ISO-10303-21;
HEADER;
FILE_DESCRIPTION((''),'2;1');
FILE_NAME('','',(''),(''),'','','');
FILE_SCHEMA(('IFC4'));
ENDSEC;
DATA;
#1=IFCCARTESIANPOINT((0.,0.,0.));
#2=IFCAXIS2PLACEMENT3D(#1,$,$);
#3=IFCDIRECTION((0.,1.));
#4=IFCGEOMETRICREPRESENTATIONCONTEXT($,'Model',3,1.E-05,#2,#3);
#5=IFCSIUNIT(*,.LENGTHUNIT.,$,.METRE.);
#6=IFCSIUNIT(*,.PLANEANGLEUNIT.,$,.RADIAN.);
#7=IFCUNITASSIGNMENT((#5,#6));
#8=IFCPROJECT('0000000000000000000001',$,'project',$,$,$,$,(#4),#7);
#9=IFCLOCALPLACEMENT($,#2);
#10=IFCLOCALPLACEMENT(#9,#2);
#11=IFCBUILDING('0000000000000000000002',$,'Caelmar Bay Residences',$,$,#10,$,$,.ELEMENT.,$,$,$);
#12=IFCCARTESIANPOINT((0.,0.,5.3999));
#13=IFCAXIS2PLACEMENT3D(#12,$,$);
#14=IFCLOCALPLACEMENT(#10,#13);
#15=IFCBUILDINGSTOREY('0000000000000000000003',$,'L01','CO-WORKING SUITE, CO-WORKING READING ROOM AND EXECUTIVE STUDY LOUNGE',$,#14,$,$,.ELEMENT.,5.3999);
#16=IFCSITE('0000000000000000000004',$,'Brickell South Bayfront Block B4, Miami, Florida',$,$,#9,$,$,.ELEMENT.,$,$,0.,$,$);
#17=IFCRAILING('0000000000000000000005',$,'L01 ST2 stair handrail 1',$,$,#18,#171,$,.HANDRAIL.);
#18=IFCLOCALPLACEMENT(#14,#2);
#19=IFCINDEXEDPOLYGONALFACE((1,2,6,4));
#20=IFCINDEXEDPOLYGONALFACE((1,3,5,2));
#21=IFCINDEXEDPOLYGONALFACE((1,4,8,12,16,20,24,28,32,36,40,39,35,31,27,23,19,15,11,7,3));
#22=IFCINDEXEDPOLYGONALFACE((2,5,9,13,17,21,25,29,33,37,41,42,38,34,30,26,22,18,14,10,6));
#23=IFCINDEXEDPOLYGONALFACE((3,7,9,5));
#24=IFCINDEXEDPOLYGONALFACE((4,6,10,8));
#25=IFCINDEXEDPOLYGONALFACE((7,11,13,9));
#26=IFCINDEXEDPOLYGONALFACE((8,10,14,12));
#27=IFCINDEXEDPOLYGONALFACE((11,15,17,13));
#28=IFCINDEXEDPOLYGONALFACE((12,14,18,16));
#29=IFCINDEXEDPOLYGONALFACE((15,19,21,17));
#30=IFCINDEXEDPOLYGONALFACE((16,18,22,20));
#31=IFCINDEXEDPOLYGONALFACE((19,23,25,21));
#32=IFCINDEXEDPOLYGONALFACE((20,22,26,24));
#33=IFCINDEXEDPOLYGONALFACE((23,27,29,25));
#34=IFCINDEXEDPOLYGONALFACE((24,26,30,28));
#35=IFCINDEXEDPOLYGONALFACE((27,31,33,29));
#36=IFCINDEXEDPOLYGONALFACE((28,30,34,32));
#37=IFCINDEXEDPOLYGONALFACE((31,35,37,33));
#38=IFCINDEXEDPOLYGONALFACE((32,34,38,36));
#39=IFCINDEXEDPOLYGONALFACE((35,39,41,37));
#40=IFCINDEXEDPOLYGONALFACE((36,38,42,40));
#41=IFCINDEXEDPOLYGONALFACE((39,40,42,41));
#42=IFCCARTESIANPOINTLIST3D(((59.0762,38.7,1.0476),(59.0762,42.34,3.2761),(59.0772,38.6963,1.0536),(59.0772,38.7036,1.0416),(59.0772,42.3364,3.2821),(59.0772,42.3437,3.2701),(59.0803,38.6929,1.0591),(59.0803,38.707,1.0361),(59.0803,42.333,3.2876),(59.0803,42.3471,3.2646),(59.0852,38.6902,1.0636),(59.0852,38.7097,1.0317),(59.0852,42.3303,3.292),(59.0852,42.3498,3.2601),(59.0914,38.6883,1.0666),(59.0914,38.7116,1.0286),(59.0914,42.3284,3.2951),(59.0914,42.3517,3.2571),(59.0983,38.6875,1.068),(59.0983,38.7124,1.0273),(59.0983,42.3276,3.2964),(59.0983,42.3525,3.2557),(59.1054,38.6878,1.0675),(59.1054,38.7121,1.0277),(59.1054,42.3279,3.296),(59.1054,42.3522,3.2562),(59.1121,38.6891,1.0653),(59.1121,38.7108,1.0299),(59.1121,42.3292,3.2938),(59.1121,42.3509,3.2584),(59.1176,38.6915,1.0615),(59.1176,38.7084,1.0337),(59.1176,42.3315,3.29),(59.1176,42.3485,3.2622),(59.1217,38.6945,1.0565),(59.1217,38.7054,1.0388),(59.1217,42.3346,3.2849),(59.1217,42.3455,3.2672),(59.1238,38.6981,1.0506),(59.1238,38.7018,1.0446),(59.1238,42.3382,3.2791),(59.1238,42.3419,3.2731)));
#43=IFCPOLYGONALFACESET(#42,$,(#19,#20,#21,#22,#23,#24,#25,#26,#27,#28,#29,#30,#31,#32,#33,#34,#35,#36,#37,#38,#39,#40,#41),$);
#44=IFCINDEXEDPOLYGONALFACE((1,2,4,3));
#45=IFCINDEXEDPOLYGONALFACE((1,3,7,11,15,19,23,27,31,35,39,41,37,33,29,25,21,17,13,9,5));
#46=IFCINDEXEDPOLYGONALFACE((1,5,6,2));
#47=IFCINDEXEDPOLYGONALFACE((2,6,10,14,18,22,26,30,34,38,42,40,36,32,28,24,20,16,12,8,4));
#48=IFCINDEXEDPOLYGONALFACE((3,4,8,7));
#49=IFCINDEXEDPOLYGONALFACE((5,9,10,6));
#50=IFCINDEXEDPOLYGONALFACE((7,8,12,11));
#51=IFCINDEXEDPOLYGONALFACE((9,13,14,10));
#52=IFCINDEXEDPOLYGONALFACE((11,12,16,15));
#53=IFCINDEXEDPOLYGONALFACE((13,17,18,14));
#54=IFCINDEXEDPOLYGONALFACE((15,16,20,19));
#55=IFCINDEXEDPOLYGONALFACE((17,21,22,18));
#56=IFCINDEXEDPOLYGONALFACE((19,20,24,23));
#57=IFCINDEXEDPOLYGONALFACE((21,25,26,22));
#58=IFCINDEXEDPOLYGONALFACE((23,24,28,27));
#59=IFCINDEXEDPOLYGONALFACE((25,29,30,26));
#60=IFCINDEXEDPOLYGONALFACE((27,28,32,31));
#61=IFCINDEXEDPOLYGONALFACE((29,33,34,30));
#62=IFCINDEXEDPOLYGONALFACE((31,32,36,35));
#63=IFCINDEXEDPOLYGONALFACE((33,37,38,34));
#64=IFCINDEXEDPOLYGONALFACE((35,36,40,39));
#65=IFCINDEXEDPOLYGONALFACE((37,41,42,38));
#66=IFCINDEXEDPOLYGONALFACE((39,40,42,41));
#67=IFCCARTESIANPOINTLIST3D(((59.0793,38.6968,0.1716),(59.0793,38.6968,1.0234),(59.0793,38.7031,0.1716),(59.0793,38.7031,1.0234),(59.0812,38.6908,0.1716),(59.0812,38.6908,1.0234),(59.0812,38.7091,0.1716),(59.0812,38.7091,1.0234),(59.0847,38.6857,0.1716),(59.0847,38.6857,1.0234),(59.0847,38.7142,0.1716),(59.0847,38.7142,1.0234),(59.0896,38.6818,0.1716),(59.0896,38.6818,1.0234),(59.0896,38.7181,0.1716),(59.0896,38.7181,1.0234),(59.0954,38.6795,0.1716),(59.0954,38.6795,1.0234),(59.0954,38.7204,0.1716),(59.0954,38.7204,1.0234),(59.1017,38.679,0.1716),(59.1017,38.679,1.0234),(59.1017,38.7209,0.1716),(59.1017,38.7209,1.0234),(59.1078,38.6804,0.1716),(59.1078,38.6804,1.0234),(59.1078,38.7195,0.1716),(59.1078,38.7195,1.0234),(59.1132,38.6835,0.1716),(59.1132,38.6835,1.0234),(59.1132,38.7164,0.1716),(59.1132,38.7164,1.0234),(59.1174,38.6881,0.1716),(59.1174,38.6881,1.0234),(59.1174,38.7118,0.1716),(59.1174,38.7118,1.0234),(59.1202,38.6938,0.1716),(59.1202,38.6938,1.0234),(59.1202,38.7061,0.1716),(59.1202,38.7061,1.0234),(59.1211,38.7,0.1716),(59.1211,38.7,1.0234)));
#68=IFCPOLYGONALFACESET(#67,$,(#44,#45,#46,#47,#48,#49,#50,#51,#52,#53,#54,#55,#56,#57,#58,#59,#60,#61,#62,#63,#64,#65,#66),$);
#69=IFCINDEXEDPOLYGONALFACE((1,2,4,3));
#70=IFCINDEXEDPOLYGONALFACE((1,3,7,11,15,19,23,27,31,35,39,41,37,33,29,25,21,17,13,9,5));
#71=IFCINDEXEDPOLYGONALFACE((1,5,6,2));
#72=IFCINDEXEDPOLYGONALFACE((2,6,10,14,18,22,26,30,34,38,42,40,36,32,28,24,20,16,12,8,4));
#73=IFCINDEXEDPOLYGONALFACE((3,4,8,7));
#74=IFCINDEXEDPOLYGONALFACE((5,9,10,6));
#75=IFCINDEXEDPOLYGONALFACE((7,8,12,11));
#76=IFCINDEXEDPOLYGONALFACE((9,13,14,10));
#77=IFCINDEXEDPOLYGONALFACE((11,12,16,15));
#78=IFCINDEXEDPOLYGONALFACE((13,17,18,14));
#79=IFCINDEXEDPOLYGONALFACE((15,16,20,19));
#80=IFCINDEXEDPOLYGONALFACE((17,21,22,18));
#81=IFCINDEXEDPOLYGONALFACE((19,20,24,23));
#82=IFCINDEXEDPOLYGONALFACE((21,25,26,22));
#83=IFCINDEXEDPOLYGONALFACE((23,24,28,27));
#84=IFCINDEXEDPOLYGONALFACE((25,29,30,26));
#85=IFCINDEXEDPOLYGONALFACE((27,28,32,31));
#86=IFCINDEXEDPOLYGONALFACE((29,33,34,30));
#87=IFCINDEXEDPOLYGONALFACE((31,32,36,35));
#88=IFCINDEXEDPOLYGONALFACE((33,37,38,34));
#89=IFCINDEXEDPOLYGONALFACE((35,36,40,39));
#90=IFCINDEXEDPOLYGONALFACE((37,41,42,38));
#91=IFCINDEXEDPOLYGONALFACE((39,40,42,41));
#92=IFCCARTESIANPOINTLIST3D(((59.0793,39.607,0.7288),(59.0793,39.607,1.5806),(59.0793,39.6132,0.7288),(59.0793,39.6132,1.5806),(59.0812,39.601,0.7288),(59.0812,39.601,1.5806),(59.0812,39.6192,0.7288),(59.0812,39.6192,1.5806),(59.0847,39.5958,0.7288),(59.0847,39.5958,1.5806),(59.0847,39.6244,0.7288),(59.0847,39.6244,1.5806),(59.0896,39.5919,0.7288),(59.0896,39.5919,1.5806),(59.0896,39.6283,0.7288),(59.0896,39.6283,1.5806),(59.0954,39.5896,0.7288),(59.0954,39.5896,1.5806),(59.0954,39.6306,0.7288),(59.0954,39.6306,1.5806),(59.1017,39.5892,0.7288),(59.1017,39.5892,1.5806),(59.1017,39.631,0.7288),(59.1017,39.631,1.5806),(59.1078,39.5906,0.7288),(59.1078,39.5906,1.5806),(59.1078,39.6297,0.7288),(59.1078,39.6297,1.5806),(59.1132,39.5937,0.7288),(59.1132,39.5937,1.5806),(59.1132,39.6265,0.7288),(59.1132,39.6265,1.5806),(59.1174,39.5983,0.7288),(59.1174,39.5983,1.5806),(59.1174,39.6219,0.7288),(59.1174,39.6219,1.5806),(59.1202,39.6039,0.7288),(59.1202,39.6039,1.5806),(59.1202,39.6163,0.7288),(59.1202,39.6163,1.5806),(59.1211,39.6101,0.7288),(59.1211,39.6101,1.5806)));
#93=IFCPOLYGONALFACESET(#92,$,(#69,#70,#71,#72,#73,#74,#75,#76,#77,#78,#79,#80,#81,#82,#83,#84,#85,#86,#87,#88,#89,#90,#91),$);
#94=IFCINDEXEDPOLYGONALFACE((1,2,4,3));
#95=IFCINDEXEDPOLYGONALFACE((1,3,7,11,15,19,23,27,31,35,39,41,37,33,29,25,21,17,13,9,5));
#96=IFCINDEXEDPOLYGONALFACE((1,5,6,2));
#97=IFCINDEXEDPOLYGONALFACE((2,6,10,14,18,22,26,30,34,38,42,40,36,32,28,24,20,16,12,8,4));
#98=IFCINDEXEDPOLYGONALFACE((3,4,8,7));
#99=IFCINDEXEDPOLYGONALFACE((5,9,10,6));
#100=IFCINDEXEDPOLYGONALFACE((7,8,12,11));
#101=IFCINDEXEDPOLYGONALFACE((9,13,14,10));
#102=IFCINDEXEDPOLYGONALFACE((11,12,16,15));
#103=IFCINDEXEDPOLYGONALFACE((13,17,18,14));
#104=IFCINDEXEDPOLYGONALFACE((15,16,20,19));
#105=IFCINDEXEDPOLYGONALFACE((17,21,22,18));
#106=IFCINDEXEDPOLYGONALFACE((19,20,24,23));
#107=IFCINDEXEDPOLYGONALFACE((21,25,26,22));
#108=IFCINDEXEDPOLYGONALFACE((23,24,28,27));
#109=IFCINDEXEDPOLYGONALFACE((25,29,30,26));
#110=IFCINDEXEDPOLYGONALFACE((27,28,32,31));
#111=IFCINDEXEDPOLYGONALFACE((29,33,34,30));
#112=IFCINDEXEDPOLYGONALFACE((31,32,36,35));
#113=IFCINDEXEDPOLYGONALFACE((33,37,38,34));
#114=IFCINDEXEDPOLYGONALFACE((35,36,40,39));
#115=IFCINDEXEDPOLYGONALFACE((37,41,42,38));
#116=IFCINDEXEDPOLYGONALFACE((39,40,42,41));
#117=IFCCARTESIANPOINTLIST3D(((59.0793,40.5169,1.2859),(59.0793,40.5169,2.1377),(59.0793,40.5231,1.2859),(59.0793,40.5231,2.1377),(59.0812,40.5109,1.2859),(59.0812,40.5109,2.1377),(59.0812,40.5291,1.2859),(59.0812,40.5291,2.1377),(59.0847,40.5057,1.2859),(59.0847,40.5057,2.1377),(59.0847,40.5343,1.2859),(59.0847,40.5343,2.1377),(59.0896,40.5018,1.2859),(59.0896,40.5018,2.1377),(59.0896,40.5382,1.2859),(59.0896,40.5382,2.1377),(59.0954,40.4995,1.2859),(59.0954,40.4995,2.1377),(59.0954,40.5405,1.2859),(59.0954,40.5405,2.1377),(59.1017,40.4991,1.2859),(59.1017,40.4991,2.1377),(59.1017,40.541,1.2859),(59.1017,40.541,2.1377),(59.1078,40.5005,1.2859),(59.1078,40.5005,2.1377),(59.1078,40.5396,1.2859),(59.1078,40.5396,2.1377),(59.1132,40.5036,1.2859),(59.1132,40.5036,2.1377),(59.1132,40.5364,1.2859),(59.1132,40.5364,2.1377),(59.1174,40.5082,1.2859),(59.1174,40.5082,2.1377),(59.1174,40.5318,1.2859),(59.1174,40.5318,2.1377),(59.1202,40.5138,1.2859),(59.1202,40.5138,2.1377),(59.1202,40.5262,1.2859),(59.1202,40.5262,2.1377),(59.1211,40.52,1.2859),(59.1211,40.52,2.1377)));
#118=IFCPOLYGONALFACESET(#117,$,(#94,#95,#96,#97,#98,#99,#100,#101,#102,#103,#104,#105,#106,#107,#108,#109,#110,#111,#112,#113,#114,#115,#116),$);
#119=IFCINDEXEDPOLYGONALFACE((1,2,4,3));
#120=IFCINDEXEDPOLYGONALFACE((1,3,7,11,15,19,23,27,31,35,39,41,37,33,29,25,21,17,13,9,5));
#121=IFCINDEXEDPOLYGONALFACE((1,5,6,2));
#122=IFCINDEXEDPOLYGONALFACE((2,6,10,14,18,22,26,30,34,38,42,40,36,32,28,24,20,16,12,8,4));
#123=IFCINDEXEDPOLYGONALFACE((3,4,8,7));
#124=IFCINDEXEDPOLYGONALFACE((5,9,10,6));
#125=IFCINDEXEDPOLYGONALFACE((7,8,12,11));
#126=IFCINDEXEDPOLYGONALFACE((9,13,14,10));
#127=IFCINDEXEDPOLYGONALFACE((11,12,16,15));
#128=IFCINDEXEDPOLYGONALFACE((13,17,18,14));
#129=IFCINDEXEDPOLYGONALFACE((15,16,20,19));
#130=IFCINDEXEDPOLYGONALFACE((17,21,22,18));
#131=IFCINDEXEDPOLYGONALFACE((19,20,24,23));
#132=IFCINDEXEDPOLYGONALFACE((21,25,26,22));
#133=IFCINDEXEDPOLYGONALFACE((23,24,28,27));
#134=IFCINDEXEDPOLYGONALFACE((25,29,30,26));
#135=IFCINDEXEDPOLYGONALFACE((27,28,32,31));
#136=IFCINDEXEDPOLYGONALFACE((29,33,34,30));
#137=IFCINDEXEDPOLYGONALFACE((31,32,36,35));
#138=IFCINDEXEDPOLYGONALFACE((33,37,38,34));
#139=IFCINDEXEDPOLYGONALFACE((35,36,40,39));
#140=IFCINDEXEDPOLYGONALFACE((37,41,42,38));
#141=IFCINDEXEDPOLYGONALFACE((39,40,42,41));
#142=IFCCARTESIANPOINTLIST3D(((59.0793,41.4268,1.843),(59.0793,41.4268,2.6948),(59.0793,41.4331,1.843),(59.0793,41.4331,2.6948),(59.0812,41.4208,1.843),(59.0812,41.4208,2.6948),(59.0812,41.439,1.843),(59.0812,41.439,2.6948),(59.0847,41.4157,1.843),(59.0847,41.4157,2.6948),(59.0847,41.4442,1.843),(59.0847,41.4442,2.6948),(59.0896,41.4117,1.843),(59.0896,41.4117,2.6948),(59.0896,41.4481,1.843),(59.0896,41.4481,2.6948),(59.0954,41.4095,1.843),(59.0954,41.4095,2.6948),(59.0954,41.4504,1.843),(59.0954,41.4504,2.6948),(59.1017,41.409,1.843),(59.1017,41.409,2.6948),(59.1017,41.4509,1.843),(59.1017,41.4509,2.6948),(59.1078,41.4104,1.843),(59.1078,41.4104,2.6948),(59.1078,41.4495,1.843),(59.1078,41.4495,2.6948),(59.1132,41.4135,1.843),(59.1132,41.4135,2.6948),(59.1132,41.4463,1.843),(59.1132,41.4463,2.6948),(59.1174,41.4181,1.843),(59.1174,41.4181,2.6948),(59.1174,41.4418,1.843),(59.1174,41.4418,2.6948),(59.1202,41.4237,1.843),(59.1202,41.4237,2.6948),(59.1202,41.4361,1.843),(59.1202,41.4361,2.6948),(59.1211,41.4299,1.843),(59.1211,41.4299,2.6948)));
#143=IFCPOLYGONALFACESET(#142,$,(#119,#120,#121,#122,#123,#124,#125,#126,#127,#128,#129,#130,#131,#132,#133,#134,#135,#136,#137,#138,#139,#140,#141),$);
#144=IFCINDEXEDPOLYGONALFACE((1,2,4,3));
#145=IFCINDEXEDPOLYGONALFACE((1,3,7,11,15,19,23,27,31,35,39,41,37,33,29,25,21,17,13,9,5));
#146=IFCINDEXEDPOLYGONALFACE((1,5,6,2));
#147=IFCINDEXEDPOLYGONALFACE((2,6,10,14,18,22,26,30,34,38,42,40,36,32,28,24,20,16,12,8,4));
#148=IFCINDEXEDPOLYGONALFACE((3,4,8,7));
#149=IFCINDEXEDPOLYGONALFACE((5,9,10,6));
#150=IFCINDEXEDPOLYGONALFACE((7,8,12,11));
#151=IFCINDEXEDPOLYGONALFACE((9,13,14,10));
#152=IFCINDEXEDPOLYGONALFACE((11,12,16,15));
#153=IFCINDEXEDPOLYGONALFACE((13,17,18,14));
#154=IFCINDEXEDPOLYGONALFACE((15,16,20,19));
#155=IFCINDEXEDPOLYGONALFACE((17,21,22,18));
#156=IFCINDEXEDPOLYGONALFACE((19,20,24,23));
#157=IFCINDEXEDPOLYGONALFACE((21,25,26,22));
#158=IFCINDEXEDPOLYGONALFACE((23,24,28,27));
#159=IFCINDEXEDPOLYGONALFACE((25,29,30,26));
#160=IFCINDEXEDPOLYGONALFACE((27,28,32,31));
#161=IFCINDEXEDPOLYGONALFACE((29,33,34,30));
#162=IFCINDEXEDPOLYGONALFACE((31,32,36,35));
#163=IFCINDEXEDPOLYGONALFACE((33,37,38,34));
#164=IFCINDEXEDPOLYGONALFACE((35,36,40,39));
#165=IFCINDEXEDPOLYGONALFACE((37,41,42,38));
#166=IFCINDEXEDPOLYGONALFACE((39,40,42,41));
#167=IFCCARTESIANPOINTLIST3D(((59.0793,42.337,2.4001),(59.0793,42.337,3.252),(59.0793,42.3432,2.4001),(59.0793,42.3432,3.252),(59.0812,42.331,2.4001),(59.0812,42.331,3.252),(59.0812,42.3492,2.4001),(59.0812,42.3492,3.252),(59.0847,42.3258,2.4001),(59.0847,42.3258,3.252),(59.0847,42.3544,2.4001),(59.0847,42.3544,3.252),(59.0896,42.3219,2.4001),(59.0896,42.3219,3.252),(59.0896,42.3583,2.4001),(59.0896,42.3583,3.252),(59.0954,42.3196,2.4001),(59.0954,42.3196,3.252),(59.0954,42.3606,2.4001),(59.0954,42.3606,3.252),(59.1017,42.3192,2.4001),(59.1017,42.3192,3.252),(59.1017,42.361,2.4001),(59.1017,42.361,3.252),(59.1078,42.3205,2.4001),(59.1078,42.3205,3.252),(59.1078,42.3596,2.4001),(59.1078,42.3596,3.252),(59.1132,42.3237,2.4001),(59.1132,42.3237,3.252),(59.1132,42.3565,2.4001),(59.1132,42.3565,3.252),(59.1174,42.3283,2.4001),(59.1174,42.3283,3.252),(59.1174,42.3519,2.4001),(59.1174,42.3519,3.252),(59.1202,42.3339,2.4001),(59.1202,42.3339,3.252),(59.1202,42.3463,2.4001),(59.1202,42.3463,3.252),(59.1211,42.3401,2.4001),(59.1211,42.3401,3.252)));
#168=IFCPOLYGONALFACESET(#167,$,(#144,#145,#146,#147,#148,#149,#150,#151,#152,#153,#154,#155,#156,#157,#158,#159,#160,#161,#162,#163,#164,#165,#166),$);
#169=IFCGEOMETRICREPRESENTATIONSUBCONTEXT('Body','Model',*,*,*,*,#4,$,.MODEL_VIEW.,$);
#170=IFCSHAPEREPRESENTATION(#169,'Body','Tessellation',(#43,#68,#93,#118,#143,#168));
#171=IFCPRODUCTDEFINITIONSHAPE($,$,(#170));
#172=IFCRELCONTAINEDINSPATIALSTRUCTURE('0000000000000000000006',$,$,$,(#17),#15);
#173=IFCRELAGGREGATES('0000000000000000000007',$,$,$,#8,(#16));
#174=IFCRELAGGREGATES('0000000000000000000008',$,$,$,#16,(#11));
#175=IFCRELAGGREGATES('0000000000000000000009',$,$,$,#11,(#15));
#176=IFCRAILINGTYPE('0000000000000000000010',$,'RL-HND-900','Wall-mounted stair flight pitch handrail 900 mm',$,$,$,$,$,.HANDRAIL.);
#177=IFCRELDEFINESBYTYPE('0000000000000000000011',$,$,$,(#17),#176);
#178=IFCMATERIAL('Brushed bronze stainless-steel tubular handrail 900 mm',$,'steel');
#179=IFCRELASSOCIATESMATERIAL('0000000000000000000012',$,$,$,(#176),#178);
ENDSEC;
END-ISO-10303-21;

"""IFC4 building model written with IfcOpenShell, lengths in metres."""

from ifc_helpers import new_model, si_unit, direction, frame, origin, origin_2d, place, context, subcontext, project, spatial, circle, extrude, material, type_object, element, save


model = new_model("IFC4")

# Units and contexts
model_context = context("Model", 3, precision=1e-05, world=origin(), true_north=direction((0.0, 1.0)))
body_context = subcontext(model_context, "Body", "Model", "MODEL_VIEW")
ifc_project = project(units=[si_unit("LENGTHUNIT", "METRE"), si_unit("PLANEANGLEUNIT", "RADIAN")], contexts=[model_context])

# Site, building, storey
site_placement = place(None, origin())
site = spatial("IfcSite", under=ifc_project, at=site_placement, Name="Brickell South Bayfront Block B4, Miami, Florida", CompositionType="ELEMENT", RefElevation=0.0)
building_placement = place(site_placement, origin())
building = spatial("IfcBuilding", under=site, at=building_placement, Name="Caelmar Bay Residences", CompositionType="ELEMENT")
storey_placement = place(building_placement, frame((0.0, 0.0, 5.3999)))
storey = spatial("IfcBuildingStorey", under=building, at=storey_placement, Name="L01", Description="CO-WORKING SUITE, CO-WORKING READING ROOM AND EXECUTIVE STUDY LOUNGE", CompositionType="ELEMENT", Elevation=5.3999)

# Railing
ifc_material_1 = material(Name="Brushed bronze stainless-steel tubular handrail 900 mm", Category="steel")
railing_type_1 = type_object("IfcRailingType", Name="RL-HND-900", Description="Wall-mounted stair flight pitch handrail 900 mm", PredefinedType="HANDRAIL", material=ifc_material_1)
railing_1_placement = place(storey_placement, frame((59.1001, 38.7, 0.1716)))
element("IfcRailing", 1, at=railing_1_placement, inside=storey, type_object=railing_type_1, Name="L01 ST2 stair handrail 1", PredefinedType="HANDRAIL", context=body_context, shape_type="SweptSolid", body=[
    extrude(circle(Radius=0.0239, at=origin_2d()), frame((0.0, 0.0, 0.876), z_axis=(0.0, 0.852866, 0.52213), x_axis=(-1.0, 0.0, 0.0)), (0.0, 0.0, 1.0), 4.2681),
    extrude(circle(Radius=0.021, at=origin_2d()), origin(), (0.0, 0.0, 1.0), 0.8518),
    extrude(circle(Radius=0.021, at=origin_2d()), frame((0.0, 0.9102, 0.5571)), (0.0, 0.0, 1.0), 0.8518),
    extrude(circle(Radius=0.021, at=origin_2d()), frame((0.0, 1.8201, 1.1143)), (0.0, 0.0, 1.0), 0.8518),
    extrude(circle(Radius=0.021, at=origin_2d()), frame((0.0, 2.73, 1.6714)), (0.0, 0.0, 1.0), 0.8518),
    extrude(circle(Radius=0.021, at=origin_2d()), frame((0.0, 3.6401, 2.2285)), (0.0, 0.0, 1.0), 0.8518),
])

save(model, "model.ifc")
